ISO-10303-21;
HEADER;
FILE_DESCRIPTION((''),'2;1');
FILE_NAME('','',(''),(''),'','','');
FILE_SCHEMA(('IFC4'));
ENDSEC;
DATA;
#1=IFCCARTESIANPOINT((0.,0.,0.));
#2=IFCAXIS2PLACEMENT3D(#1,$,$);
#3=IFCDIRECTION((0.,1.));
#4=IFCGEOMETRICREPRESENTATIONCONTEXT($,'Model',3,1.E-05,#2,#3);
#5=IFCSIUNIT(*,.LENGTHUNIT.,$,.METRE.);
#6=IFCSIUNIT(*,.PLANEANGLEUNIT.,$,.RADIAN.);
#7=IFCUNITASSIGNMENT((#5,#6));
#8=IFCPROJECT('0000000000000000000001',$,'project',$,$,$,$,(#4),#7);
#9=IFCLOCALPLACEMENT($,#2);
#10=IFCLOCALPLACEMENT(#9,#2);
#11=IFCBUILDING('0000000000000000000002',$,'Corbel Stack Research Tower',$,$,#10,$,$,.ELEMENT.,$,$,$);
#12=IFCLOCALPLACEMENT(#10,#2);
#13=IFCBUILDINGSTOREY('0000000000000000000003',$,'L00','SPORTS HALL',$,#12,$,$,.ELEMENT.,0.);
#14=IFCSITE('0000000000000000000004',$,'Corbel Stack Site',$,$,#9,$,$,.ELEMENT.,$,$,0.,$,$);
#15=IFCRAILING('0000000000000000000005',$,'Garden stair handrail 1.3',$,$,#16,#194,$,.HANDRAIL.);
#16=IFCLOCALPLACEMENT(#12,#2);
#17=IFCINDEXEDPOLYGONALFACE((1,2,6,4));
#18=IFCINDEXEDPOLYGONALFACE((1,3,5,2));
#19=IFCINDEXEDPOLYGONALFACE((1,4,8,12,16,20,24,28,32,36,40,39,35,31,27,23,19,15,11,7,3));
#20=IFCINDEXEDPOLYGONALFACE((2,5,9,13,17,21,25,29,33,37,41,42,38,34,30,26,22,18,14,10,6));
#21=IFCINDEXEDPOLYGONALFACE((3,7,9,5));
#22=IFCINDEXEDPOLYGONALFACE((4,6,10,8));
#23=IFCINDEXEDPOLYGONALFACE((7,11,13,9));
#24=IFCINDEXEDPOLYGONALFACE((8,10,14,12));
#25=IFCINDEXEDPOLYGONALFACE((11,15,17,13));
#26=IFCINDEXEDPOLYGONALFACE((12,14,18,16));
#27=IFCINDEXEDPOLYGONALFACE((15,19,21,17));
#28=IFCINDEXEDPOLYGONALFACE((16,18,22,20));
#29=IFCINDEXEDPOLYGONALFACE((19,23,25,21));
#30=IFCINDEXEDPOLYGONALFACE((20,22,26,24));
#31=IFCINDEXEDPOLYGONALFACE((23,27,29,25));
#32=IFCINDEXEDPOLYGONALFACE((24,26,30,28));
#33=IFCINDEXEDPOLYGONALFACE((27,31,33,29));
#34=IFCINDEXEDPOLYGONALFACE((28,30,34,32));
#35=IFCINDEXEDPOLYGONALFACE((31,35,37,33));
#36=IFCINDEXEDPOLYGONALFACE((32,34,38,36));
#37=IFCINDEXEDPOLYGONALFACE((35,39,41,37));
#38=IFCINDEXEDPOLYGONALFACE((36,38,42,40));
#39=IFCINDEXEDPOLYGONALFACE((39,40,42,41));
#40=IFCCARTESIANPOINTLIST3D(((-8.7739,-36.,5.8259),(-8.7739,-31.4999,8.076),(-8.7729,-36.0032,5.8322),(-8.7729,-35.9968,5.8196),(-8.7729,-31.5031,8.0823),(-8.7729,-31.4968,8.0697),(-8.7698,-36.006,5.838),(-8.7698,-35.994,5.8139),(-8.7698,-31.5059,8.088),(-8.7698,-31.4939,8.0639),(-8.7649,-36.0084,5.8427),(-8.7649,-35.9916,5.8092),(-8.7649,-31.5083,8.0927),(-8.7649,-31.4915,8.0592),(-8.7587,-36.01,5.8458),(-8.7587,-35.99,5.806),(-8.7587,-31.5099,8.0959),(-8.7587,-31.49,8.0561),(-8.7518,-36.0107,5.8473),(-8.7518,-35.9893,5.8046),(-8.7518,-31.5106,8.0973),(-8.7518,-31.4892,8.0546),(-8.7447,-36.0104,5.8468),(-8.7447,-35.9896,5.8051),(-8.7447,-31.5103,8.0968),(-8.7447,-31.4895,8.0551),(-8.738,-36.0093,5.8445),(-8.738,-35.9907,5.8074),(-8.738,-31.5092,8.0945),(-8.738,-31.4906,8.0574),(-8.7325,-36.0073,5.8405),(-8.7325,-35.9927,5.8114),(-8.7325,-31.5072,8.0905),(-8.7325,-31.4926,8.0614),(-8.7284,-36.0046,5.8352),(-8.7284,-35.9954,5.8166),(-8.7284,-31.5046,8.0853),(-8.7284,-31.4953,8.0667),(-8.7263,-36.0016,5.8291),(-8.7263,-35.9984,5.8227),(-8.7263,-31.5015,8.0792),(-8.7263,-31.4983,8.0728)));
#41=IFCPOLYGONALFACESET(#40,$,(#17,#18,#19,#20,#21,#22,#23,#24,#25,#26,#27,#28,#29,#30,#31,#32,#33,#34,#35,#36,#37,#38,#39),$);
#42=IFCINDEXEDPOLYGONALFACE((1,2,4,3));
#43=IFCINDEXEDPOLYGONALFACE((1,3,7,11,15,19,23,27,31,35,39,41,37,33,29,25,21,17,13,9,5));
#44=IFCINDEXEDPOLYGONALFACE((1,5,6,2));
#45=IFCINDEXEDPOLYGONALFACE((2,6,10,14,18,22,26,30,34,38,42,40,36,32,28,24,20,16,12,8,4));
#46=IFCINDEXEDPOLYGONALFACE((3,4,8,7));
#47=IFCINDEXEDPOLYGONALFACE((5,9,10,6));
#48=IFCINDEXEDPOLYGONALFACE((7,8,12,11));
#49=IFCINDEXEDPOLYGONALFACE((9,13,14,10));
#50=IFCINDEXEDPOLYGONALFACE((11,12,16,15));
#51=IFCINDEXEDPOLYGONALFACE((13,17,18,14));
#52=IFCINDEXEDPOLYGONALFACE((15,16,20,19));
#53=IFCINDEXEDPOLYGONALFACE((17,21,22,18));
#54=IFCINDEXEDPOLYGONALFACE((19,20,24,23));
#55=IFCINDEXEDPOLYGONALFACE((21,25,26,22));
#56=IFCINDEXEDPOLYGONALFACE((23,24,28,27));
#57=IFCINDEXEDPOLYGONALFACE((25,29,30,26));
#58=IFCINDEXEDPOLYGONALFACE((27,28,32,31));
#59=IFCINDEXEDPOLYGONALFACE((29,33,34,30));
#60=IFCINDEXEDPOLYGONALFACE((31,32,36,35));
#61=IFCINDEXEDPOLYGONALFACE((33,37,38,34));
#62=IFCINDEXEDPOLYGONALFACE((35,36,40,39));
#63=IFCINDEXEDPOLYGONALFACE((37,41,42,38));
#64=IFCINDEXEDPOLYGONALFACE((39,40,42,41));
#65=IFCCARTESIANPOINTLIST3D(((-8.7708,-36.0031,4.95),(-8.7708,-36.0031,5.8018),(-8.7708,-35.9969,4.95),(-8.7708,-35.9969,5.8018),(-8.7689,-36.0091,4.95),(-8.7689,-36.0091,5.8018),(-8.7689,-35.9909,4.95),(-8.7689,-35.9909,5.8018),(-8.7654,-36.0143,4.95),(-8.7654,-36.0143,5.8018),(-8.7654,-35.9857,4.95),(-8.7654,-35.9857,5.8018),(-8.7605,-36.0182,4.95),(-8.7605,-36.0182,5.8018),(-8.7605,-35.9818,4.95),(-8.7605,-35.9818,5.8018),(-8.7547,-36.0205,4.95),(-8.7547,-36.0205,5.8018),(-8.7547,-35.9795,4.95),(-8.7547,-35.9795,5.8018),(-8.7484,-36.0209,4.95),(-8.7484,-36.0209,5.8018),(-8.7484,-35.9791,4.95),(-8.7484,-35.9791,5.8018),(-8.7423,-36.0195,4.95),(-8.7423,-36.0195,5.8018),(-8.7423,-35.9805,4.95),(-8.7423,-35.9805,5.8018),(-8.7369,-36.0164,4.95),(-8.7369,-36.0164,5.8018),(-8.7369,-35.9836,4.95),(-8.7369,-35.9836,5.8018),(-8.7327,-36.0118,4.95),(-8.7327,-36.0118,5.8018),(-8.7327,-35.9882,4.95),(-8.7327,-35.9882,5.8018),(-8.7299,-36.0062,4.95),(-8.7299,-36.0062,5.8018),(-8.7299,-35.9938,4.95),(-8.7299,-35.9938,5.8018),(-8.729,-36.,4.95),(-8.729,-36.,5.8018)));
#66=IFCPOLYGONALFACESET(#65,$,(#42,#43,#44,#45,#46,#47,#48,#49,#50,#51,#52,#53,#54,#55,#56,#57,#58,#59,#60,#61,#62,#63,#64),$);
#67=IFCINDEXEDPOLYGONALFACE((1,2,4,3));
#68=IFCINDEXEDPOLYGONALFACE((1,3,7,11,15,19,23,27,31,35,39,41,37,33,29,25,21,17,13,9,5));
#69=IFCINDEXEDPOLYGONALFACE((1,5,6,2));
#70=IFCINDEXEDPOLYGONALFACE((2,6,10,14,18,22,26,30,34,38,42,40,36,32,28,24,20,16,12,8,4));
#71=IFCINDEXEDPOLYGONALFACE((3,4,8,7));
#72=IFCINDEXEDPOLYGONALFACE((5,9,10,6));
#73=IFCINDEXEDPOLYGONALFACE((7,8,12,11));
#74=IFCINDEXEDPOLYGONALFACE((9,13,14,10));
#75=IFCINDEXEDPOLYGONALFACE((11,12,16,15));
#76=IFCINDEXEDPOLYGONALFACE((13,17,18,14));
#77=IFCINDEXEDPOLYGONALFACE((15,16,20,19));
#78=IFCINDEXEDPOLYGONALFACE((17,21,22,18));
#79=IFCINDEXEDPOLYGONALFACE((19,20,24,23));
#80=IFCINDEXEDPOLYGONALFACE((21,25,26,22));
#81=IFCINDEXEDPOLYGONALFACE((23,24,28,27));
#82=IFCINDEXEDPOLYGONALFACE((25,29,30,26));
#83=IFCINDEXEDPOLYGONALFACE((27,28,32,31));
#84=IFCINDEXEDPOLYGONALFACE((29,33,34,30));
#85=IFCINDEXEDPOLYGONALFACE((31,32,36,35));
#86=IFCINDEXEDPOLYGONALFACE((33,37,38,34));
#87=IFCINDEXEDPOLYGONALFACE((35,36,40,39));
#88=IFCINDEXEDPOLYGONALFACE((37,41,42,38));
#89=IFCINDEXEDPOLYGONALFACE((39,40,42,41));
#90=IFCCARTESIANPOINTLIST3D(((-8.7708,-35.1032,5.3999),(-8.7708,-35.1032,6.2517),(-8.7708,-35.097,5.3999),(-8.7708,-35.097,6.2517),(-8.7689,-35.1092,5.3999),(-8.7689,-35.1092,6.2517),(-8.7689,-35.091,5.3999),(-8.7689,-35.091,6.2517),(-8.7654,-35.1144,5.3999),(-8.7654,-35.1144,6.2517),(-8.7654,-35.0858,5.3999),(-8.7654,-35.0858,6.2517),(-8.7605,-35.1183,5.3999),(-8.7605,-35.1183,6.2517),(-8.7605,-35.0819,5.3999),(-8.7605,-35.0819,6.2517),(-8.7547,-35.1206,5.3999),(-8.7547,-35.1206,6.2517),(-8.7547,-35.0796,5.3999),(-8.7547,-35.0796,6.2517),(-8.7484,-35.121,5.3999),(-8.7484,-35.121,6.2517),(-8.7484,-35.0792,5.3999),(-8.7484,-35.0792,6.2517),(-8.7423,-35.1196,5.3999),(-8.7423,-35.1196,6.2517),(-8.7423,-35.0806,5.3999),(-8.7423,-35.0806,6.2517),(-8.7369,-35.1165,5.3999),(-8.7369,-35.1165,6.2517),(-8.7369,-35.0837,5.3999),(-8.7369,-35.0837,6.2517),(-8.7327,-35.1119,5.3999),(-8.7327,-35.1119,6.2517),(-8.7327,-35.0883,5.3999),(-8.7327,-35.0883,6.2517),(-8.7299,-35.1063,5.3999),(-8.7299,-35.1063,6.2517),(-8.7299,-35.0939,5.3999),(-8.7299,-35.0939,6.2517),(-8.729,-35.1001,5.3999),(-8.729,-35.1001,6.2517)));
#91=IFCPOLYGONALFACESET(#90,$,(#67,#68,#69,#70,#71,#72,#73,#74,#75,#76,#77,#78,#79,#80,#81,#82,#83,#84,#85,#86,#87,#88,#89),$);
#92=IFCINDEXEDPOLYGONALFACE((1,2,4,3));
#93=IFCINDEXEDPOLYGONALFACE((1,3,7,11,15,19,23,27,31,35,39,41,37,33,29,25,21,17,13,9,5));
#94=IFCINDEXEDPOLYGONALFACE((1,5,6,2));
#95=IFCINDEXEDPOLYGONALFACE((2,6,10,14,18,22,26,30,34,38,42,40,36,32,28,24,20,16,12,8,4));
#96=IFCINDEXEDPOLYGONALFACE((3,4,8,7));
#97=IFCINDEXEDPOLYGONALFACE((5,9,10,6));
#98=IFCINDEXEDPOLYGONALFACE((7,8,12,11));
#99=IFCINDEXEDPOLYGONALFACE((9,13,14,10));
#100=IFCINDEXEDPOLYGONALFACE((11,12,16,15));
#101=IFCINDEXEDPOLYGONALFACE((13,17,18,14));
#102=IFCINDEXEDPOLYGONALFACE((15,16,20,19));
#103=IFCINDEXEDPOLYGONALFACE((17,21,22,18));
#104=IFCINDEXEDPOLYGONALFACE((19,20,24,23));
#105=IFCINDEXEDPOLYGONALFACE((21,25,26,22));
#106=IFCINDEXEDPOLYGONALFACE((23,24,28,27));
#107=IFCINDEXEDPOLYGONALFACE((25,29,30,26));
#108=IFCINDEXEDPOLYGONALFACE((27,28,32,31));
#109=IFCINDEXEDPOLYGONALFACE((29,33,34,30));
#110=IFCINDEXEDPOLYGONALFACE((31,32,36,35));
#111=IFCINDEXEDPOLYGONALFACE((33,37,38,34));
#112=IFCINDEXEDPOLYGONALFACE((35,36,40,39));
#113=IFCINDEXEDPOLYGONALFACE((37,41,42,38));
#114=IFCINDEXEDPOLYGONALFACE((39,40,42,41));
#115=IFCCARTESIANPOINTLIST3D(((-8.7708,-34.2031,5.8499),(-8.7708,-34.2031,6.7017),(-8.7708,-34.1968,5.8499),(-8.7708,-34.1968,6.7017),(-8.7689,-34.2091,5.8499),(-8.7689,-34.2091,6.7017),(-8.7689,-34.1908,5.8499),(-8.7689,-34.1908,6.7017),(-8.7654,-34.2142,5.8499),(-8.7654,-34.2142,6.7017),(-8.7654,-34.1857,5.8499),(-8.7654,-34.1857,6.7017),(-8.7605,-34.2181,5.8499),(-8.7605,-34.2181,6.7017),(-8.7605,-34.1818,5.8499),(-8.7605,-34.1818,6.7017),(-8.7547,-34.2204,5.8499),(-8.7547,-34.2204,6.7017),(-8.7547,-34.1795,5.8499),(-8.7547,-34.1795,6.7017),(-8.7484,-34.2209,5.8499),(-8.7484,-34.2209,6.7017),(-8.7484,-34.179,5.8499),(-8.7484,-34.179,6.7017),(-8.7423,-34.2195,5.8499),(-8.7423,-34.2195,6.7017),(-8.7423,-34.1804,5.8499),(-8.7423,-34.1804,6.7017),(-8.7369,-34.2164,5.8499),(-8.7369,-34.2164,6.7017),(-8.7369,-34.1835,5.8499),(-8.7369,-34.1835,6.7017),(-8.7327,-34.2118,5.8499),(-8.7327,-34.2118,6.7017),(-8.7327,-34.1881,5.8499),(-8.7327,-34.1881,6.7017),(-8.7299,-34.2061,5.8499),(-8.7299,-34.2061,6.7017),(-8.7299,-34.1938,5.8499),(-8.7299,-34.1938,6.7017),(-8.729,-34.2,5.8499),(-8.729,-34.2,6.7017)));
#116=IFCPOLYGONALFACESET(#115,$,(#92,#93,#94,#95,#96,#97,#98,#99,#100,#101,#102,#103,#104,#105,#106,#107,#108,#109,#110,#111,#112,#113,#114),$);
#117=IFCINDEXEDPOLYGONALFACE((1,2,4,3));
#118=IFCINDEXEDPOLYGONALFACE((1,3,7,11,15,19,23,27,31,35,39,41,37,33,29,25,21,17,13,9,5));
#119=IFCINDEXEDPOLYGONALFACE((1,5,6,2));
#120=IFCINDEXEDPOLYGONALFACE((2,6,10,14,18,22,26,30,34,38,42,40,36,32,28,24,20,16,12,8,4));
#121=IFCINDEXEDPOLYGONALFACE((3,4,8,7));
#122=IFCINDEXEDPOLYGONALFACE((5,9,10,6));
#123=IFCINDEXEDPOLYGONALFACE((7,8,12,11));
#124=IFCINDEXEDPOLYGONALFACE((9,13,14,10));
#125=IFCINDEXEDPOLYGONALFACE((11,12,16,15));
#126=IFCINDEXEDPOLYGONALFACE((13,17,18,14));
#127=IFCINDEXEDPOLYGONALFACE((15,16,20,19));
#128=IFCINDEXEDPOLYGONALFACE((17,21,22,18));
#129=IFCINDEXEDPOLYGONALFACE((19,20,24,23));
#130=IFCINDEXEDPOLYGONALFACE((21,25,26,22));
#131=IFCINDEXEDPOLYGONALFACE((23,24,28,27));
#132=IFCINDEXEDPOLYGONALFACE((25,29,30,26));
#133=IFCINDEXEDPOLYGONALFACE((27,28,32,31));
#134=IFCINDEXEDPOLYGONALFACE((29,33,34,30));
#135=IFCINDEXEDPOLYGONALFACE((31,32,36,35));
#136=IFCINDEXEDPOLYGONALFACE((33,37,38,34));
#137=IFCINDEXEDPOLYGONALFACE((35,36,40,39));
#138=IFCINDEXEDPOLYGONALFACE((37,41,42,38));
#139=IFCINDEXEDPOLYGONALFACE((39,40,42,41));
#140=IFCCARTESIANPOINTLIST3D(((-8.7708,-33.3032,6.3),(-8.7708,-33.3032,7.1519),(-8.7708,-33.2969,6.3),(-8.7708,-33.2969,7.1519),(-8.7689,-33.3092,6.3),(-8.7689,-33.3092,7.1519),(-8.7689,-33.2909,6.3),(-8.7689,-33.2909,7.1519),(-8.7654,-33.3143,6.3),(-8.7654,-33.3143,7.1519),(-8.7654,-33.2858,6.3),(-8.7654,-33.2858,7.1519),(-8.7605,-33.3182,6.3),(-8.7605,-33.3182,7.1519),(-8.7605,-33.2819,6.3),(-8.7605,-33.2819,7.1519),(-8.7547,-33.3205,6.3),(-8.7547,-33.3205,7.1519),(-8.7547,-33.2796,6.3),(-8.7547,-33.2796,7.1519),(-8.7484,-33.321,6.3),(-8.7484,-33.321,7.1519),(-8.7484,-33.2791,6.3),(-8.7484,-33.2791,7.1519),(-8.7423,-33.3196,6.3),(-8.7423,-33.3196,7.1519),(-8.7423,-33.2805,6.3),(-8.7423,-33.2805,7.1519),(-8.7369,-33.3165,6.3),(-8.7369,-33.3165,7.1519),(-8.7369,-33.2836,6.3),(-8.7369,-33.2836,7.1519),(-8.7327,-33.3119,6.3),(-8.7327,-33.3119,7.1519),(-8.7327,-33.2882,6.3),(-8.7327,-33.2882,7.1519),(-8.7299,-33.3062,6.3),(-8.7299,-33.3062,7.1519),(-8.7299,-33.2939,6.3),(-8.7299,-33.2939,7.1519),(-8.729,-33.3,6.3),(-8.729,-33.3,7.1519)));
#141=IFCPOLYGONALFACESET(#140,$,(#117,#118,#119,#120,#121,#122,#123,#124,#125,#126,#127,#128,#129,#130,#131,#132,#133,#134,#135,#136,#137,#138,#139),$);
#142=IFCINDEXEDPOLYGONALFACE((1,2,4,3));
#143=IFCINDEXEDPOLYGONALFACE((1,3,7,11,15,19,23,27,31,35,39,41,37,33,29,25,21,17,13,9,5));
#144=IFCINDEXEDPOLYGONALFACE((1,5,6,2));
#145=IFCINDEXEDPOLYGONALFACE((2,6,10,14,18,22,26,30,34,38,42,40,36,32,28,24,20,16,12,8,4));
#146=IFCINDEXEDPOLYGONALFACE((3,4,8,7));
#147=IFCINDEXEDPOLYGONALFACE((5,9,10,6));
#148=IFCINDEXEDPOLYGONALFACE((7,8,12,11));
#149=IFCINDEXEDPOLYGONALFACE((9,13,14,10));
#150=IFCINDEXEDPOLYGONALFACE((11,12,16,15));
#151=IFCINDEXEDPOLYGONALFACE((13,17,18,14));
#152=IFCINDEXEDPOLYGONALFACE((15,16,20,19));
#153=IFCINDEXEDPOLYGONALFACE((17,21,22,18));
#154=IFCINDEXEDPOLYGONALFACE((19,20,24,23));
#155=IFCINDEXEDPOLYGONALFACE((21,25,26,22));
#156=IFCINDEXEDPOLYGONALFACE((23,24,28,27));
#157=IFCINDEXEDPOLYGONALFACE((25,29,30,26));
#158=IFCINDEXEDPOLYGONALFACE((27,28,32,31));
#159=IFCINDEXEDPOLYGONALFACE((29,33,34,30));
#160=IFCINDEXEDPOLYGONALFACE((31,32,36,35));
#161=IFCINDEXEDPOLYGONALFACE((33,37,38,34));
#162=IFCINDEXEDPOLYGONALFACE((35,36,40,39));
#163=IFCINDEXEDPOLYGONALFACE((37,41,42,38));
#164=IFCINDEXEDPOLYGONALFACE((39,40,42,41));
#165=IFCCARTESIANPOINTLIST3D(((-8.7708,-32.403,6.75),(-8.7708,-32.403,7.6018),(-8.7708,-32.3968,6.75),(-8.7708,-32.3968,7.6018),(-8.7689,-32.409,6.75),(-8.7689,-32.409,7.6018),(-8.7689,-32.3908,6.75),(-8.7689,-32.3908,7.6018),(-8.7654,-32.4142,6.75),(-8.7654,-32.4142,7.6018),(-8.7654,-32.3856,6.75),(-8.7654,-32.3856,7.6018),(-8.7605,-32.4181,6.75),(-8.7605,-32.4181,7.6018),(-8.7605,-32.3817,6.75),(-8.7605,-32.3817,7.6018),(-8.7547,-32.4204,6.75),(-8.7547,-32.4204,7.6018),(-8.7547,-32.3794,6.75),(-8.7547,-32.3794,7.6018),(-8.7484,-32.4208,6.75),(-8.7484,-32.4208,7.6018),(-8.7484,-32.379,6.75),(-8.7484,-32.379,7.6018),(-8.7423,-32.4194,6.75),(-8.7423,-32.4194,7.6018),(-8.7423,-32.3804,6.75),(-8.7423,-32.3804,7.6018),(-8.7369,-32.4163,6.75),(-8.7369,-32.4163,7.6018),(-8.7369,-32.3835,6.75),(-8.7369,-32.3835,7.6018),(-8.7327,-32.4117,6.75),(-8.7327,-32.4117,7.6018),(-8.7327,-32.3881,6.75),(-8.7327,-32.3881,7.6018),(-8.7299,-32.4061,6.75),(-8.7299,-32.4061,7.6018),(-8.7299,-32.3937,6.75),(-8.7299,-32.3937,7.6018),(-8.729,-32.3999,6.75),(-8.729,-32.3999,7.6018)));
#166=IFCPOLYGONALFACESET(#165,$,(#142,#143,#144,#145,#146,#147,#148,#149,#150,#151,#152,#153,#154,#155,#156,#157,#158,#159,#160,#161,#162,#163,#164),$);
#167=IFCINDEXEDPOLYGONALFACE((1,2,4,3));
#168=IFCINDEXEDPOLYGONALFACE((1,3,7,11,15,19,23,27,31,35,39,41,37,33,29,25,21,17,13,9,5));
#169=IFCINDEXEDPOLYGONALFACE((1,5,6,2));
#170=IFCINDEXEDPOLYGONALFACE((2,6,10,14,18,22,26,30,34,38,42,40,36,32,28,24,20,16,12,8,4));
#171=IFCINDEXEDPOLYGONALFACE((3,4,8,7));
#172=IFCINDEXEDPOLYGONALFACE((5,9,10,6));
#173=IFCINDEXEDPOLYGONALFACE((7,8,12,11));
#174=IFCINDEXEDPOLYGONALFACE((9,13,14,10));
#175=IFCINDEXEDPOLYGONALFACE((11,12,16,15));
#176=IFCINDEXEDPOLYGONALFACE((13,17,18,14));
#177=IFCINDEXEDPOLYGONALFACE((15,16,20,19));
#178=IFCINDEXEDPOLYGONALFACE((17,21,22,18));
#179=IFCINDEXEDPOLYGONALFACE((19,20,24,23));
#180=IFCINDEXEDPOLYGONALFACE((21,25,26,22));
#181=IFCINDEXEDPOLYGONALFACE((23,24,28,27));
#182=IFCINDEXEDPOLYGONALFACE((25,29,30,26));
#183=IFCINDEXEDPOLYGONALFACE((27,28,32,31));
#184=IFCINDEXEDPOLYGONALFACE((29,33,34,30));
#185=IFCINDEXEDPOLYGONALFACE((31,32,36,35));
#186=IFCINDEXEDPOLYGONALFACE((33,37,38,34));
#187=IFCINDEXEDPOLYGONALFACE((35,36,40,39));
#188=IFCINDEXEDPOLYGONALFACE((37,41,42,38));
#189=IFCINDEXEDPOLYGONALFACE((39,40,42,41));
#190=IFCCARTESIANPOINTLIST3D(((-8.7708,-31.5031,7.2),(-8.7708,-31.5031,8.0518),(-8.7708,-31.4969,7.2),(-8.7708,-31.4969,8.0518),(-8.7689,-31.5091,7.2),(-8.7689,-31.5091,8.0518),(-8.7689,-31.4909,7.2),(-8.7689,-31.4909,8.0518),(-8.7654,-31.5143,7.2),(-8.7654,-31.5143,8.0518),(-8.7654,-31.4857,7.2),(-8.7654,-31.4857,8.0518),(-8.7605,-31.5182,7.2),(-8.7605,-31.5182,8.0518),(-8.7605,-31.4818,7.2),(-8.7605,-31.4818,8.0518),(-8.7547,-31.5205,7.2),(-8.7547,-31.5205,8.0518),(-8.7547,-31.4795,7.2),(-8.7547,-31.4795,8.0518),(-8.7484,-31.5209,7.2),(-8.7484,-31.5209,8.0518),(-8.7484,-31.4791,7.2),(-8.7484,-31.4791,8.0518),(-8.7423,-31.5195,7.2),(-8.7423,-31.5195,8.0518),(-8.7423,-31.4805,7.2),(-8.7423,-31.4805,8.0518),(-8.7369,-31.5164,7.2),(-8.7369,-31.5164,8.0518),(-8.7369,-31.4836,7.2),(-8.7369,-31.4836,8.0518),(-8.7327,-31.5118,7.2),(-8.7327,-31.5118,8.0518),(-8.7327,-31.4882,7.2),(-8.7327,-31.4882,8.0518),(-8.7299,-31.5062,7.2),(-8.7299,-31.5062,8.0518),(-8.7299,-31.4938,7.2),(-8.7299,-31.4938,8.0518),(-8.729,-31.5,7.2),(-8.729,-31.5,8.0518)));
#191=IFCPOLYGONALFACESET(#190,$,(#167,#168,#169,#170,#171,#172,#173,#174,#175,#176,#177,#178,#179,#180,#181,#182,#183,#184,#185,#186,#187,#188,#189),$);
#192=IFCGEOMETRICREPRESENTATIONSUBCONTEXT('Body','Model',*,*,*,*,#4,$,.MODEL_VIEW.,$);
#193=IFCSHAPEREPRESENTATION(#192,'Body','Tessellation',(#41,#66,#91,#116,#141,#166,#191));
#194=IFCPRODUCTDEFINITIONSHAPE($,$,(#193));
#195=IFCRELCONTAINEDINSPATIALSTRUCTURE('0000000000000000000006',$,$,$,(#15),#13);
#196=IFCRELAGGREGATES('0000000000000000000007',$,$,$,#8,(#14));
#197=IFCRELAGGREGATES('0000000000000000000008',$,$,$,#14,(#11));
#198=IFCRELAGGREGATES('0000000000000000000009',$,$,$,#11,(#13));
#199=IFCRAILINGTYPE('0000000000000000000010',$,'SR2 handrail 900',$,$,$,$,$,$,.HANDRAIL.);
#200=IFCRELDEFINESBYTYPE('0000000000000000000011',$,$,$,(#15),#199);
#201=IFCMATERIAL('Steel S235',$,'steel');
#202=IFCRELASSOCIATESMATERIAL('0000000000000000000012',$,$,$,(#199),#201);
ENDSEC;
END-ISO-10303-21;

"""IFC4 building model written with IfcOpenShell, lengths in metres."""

from ifc_helpers import new_model, si_unit, direction, frame, origin, origin_2d, place, context, subcontext, project, spatial, circle, extrude, material, type_object, element, save


model = new_model("IFC4")

# Units and contexts
model_context = context("Model", 3, precision=1e-05, world=origin(), true_north=direction((0.0, 1.0)))
body_context = subcontext(model_context, "Body", "Model", "MODEL_VIEW")
ifc_project = project(units=[si_unit("LENGTHUNIT", "METRE"), si_unit("PLANEANGLEUNIT", "RADIAN")], contexts=[model_context])

# Site, building, storey
site_placement = place(None, origin())
site = spatial("IfcSite", under=ifc_project, at=site_placement, Name="Corbel Stack Site", CompositionType="ELEMENT", RefElevation=0.0)
building_placement = place(site_placement, origin())
building = spatial("IfcBuilding", under=site, at=building_placement, Name="Corbel Stack Research Tower", CompositionType="ELEMENT")
storey_placement = place(building_placement, origin())
storey = spatial("IfcBuildingStorey", under=building, at=storey_placement, Name="L00", Description="SPORTS HALL", CompositionType="ELEMENT", Elevation=0.0)

# Railing
ifc_material_1 = material(Name="Steel S235", Category="steel")
railing_type_1 = type_object("IfcRailingType", Name="SR2 handrail 900", PredefinedType="HANDRAIL", material=ifc_material_1)
railing_1_placement = place(storey_placement, frame((-8.75, -36.0, 4.95)))
element("IfcRailing", 1, at=railing_1_placement, inside=storey, type_object=railing_type_1, Name="Garden stair handrail 1.3", PredefinedType="HANDRAIL", context=body_context, shape_type="SweptSolid", body=[
    extrude(circle(Radius=0.0239, at=origin_2d()), frame((0.0, 0.0, 0.876), z_axis=(0.0, 0.894427, 0.447214), x_axis=(-1.0, 0.0, 0.0)), (0.0, 0.0, 1.0), 5.0312),
    extrude(circle(Radius=0.021, at=origin_2d()), origin(), (0.0, 0.0, 1.0), 0.8518),
    extrude(circle(Radius=0.021, at=origin_2d()), frame((0.0, 0.8999, 0.45)), (0.0, 0.0, 1.0), 0.8518),
    extrude(circle(Radius=0.021, at=origin_2d()), frame((0.0, 1.8, 0.8999)), (0.0, 0.0, 1.0), 0.8518),
    extrude(circle(Radius=0.021, at=origin_2d()), frame((0.0, 2.7, 1.3501)), (0.0, 0.0, 1.0), 0.8518),
    extrude(circle(Radius=0.021, at=origin_2d()), frame((0.0, 3.6001, 1.8)), (0.0, 0.0, 1.0), 0.8518),
    extrude(circle(Radius=0.021, at=origin_2d()), frame((0.0, 4.5, 2.25)), (0.0, 0.0, 1.0), 0.8518),
])

save(model, "model.ifc")
